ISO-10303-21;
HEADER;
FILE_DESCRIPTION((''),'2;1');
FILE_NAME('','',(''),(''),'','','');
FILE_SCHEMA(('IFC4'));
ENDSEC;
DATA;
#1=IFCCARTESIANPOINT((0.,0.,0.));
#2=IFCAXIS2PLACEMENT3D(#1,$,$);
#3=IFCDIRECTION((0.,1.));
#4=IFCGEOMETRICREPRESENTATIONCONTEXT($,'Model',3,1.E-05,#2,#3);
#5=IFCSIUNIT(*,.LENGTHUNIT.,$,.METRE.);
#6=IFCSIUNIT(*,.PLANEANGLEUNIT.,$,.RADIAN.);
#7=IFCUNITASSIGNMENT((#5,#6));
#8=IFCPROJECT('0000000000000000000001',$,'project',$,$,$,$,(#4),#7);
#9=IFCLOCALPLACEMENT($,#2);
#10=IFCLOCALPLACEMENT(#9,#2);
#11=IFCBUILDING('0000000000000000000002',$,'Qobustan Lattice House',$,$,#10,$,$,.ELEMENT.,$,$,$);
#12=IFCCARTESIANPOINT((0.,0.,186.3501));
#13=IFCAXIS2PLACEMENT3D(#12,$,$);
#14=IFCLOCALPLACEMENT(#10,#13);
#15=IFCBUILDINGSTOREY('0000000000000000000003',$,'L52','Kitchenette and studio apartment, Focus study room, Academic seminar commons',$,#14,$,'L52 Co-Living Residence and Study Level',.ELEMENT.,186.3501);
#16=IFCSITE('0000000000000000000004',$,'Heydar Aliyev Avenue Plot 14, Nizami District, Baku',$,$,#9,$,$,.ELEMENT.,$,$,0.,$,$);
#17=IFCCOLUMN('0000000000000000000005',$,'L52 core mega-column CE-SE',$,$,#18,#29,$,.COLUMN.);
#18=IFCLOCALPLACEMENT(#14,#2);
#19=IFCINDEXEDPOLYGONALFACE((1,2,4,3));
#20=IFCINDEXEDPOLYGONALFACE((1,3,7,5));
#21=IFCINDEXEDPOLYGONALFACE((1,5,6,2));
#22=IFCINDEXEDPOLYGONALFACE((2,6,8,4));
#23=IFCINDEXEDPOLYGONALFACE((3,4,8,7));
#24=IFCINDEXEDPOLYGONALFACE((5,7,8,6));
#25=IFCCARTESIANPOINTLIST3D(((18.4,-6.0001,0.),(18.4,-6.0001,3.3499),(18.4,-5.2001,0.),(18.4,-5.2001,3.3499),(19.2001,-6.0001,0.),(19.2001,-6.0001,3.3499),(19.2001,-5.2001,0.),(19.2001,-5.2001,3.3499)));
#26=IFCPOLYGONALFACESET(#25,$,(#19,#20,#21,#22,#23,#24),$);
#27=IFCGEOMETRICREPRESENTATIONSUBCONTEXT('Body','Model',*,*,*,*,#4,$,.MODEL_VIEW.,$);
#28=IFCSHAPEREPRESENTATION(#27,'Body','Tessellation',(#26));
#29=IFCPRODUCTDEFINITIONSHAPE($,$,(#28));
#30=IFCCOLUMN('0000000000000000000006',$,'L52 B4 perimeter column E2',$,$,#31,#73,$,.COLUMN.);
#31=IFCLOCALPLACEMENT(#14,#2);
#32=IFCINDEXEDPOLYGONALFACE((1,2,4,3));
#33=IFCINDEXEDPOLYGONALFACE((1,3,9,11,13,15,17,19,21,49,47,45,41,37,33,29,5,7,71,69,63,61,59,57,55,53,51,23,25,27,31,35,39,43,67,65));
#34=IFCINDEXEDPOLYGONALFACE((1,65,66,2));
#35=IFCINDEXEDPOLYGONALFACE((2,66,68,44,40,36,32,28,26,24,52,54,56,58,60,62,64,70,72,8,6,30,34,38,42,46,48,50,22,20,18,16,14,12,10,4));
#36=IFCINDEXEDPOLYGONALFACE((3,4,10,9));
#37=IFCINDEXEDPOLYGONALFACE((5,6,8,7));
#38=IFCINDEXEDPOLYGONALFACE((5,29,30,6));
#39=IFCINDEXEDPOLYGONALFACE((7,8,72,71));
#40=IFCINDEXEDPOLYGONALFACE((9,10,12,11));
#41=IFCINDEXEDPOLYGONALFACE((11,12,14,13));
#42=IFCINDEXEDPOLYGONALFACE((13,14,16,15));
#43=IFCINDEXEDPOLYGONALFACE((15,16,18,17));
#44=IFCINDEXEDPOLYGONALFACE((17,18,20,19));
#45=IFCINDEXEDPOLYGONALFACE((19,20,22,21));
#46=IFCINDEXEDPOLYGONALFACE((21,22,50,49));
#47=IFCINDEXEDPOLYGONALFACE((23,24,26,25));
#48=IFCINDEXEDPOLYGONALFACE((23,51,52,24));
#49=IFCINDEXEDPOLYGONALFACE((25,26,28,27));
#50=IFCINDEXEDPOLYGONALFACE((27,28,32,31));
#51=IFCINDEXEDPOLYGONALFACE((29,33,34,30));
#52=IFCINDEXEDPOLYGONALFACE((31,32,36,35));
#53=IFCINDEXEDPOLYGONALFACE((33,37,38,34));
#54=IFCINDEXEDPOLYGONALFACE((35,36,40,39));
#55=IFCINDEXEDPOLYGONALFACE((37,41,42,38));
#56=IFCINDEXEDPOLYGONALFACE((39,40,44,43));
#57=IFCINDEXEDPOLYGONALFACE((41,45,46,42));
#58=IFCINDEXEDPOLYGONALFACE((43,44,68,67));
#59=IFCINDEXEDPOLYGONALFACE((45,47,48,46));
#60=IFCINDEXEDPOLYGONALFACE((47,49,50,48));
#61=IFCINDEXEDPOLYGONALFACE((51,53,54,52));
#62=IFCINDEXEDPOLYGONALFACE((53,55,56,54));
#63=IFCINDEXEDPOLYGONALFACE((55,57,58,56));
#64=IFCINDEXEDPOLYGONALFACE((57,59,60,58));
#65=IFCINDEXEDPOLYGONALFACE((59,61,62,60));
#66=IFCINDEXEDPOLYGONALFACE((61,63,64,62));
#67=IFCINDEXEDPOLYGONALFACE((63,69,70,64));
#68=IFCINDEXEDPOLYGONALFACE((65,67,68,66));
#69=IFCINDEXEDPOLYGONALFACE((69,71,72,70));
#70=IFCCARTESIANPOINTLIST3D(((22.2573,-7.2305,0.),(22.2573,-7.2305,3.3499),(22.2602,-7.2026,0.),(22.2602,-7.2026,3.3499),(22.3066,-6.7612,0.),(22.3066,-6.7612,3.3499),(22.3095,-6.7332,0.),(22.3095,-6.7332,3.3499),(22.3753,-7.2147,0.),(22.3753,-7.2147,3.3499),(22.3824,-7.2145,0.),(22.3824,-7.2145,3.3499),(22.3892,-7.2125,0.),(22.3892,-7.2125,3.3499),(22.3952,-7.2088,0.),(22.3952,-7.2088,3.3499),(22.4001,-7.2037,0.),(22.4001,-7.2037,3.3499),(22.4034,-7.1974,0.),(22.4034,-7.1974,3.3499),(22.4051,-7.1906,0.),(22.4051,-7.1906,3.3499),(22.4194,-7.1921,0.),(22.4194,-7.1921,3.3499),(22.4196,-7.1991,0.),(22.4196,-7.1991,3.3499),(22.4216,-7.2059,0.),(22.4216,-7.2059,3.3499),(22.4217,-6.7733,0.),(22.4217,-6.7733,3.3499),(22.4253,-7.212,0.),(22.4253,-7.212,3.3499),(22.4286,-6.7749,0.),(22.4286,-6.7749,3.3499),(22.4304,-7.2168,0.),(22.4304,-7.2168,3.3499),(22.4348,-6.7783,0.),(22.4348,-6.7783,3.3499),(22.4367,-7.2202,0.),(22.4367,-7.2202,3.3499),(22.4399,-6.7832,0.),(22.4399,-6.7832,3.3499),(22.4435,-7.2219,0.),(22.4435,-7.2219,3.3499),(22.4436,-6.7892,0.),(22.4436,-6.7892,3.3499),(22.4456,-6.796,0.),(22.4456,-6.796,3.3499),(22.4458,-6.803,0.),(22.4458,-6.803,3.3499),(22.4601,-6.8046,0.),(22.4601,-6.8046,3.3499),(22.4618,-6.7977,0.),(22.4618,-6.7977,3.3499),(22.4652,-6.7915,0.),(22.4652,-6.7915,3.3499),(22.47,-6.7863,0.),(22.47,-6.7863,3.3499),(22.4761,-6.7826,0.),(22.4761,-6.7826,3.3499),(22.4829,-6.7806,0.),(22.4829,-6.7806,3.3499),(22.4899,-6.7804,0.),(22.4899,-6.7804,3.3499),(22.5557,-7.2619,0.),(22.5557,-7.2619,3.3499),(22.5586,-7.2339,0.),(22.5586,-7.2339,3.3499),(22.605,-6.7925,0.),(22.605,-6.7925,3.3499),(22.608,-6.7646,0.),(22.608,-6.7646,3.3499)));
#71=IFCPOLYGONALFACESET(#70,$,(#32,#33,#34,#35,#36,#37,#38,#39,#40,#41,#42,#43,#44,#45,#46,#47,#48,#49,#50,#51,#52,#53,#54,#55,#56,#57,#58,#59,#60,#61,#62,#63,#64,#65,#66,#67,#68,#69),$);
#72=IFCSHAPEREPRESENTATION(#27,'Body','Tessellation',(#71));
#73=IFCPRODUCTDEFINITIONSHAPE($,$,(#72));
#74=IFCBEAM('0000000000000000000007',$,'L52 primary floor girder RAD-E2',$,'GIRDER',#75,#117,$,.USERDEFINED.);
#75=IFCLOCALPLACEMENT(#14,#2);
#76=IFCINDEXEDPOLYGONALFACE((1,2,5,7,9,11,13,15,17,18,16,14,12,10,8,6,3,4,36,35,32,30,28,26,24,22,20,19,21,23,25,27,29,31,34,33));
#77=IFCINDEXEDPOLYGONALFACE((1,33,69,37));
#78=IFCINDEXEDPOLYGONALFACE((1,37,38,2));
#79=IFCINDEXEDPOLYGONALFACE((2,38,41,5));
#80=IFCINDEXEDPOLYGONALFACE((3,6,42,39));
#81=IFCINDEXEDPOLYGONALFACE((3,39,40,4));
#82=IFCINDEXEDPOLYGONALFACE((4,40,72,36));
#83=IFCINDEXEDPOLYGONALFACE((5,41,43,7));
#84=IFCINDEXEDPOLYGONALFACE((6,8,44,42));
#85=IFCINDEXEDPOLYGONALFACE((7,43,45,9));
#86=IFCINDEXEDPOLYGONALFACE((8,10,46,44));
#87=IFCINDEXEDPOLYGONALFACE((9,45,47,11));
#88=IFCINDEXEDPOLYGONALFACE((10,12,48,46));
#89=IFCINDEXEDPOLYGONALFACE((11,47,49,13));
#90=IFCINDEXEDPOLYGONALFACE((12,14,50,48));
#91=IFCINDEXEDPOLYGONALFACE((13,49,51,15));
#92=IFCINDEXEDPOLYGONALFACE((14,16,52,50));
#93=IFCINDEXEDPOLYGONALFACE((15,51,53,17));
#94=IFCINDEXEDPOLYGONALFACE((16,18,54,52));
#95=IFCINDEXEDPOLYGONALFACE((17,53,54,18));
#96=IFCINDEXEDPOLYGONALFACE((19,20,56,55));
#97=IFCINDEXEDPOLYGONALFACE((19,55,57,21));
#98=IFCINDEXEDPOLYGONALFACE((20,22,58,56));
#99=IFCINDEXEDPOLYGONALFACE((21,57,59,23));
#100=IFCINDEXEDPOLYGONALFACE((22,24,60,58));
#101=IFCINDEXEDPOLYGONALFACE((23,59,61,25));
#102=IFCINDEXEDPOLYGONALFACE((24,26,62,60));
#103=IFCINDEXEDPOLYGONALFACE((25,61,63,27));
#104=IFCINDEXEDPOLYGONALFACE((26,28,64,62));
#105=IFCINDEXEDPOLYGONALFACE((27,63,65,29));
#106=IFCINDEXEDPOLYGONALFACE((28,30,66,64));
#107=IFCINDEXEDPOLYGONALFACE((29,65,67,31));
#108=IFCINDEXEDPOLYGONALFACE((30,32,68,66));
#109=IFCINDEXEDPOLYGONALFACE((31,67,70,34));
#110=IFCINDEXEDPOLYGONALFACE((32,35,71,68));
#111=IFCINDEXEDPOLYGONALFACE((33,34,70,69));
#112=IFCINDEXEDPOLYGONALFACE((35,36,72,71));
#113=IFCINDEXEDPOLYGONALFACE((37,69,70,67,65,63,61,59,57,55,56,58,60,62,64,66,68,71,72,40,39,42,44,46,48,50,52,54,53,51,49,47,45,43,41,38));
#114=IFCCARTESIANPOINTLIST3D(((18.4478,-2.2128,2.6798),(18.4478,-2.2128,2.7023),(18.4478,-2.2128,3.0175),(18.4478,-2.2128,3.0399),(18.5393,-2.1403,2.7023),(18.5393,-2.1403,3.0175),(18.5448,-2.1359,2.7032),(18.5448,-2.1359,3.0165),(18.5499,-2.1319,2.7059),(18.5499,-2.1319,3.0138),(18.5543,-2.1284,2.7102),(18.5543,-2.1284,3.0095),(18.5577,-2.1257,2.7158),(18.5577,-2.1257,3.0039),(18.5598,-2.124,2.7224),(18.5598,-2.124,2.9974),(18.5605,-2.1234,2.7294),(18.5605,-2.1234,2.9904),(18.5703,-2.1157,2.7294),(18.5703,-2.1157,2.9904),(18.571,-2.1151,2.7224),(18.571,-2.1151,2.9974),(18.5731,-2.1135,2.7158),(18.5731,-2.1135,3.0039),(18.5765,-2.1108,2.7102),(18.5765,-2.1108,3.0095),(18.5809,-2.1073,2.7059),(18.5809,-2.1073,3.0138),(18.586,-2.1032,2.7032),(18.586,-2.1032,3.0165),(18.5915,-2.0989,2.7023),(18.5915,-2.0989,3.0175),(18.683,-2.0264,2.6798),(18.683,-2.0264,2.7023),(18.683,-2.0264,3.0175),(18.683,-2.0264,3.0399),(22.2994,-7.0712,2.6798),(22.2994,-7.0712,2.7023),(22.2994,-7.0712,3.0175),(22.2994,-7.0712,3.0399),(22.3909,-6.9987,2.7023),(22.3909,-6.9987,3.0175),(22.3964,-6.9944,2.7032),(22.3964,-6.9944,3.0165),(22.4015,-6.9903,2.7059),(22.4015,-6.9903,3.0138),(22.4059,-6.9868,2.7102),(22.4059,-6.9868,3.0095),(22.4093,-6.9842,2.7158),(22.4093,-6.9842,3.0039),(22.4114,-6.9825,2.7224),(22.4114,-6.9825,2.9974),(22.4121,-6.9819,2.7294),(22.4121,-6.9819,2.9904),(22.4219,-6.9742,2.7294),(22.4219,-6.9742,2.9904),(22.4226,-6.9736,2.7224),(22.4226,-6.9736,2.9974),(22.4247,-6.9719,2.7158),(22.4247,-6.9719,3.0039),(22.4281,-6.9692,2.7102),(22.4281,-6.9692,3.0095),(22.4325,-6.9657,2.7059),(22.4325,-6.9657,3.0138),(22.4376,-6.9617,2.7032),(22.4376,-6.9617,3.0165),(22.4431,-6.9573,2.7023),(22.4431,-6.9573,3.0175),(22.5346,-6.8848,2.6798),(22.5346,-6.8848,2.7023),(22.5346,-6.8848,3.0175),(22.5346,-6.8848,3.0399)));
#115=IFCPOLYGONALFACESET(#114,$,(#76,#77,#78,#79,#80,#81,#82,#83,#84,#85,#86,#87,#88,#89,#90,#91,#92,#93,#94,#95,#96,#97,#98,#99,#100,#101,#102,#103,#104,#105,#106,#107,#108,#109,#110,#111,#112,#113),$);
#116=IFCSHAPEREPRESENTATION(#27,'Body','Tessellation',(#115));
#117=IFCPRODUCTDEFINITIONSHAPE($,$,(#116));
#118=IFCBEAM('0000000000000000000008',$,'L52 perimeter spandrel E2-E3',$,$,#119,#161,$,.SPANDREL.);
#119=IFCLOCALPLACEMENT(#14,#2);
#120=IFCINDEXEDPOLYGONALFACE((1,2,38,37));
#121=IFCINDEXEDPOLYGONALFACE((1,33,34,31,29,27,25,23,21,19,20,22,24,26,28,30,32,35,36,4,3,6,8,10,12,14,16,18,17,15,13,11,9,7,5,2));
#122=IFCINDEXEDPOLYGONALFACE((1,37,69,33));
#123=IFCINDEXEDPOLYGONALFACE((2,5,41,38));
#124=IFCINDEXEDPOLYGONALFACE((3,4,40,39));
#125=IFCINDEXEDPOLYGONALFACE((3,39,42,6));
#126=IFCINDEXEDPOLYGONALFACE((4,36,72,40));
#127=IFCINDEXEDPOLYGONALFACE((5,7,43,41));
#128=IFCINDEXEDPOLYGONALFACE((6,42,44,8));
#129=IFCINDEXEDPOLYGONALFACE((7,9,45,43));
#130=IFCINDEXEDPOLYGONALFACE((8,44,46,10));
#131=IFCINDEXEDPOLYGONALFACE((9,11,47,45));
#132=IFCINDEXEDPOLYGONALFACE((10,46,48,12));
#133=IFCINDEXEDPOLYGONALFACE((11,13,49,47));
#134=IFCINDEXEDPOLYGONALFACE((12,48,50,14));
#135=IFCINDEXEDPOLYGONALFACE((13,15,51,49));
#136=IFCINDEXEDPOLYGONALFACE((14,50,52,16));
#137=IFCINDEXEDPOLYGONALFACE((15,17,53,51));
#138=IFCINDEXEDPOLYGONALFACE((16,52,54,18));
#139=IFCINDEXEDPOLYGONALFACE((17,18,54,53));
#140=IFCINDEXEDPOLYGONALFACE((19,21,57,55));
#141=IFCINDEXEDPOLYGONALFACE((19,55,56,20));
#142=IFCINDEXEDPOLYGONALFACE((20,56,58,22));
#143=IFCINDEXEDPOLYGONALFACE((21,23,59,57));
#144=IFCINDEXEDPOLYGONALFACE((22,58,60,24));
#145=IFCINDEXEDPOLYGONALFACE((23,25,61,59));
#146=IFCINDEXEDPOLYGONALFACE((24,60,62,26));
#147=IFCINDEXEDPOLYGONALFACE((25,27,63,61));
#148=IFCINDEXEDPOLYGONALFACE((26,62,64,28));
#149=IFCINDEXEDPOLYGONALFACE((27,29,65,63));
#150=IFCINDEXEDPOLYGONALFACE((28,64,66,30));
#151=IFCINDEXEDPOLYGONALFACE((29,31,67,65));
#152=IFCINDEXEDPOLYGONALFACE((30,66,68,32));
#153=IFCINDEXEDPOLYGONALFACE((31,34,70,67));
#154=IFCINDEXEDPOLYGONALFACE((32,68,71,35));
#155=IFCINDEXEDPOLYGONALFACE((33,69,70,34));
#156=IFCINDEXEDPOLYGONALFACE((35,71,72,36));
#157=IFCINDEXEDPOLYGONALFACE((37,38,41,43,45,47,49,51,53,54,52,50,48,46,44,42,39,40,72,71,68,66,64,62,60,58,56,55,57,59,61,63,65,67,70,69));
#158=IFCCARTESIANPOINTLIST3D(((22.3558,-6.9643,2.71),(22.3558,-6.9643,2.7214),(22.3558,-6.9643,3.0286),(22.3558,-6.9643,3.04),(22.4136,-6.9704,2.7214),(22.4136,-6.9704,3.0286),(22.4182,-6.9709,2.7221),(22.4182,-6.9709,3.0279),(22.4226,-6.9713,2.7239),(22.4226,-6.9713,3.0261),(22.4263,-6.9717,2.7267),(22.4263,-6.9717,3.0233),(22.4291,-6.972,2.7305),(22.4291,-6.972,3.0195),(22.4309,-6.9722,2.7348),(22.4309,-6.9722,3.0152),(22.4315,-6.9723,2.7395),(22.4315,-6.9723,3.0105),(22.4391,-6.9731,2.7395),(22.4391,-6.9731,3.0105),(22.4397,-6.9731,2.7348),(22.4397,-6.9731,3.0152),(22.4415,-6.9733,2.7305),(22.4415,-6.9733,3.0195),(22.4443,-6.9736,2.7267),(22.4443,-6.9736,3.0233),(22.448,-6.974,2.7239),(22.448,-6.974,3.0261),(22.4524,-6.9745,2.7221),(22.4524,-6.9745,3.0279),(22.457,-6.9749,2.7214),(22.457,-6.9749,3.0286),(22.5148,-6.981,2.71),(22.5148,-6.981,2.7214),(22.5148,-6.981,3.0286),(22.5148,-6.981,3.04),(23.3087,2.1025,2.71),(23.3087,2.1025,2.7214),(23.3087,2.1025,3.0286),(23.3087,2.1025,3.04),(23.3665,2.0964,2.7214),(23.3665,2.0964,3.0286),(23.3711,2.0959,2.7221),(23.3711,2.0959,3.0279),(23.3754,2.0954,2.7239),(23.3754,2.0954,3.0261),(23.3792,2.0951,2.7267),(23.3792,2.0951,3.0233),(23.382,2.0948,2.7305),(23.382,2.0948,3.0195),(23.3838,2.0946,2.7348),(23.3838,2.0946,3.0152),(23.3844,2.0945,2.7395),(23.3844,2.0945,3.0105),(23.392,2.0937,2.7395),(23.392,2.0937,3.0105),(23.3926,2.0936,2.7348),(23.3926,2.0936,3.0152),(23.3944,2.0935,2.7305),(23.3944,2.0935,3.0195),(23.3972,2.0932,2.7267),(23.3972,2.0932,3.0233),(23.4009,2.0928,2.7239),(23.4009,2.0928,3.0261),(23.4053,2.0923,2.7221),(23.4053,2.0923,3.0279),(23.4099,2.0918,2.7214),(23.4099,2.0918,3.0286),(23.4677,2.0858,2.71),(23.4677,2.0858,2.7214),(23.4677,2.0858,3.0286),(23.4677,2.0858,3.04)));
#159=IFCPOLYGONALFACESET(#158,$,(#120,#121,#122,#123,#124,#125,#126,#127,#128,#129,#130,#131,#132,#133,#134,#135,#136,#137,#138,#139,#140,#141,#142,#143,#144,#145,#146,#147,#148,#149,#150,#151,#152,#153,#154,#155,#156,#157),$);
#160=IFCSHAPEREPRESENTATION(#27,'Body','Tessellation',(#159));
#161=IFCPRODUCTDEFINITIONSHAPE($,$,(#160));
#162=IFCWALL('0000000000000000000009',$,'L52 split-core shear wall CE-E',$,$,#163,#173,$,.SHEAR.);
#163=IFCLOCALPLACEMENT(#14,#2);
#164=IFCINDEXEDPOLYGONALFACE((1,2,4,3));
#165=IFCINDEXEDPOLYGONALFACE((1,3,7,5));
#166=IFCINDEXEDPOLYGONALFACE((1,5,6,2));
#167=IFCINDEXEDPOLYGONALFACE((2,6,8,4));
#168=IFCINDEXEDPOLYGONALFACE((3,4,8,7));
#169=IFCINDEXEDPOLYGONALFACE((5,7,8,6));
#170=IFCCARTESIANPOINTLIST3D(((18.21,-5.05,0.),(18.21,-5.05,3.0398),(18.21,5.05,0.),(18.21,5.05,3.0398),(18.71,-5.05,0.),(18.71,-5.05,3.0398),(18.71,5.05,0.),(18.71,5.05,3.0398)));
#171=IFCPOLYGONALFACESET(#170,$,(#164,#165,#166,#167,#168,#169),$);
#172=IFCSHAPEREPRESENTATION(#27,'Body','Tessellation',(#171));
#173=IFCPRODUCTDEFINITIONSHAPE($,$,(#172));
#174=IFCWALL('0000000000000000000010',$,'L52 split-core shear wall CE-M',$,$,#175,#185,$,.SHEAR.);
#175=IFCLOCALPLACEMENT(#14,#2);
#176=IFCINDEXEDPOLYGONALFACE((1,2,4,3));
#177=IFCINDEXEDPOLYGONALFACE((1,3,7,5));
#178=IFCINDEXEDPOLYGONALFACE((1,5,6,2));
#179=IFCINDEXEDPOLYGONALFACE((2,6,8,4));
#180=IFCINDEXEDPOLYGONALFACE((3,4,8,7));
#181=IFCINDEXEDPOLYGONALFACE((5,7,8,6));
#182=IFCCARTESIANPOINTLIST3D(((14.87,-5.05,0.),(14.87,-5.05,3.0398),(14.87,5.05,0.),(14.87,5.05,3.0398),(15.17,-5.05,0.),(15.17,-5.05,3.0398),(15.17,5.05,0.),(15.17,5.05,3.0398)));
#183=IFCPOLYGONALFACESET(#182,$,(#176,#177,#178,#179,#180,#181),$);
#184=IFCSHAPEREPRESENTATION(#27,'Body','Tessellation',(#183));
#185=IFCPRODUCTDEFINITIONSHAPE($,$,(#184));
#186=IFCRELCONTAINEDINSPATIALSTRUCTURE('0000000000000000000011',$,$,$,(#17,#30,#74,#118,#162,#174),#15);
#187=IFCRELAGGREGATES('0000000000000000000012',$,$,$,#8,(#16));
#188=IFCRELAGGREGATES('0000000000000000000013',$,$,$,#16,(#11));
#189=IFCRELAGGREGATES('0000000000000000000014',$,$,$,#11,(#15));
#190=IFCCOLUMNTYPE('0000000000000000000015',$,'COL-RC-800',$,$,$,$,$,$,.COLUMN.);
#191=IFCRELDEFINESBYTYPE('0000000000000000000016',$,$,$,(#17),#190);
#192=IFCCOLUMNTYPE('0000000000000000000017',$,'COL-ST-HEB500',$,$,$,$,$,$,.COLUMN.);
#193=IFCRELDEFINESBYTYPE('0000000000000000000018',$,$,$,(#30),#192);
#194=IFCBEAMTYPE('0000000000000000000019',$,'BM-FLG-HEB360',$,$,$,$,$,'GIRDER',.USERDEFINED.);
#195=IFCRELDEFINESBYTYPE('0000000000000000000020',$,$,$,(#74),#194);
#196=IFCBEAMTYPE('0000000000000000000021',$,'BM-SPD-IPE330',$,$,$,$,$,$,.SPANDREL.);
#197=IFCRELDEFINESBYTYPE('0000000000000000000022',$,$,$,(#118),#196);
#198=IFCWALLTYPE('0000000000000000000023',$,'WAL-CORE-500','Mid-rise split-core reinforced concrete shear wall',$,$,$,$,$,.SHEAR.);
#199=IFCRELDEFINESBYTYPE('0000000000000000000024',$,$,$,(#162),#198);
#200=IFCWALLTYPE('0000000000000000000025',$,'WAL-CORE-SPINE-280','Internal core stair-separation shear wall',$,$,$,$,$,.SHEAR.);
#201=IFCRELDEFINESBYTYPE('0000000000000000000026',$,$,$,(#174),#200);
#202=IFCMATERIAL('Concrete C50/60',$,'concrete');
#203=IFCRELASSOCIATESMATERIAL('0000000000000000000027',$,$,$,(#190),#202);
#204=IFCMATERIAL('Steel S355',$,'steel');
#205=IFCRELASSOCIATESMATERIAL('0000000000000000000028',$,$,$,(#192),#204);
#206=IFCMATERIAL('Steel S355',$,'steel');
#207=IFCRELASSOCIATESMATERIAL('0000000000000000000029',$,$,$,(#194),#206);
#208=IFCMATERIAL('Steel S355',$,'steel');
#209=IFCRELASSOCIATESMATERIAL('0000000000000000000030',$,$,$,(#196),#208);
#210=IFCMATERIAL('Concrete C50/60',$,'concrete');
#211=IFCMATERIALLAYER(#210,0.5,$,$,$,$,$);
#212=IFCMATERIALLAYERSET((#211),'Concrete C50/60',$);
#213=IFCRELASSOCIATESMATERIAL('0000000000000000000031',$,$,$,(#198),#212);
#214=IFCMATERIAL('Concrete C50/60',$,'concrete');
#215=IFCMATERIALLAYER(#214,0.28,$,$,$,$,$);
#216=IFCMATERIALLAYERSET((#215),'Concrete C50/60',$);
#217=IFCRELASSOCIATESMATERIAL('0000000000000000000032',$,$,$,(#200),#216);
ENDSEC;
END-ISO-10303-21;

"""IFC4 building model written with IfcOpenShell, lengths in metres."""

from ifc_helpers import new_model, si_unit, direction, frame, frame_2d, origin, origin_2d, place, context, subcontext, project, spatial, rectangle, i_section, extrude, material, layer, layer_set, material_profile, profile_set, type_object, element, save


model = new_model("IFC4")

# Units and contexts
model_context = context("Model", 3, precision=1e-05, world=origin(), true_north=direction((0.0, 1.0)))
body_context = subcontext(model_context, "Body", "Model", "MODEL_VIEW")
ifc_project = project(units=[si_unit("LENGTHUNIT", "METRE"), si_unit("PLANEANGLEUNIT", "RADIAN")], contexts=[model_context])

# Site, building, storey
site_placement = place(None, origin())
site = spatial("IfcSite", under=ifc_project, at=site_placement, Name="Heydar Aliyev Avenue Plot 14, Nizami District, Baku", CompositionType="ELEMENT", RefElevation=0.0)
building_placement = place(site_placement, origin())
building = spatial("IfcBuilding", under=site, at=building_placement, Name="Qobustan Lattice House", CompositionType="ELEMENT")
storey_placement = place(building_placement, frame((0.0, 0.0, 186.3501)))
storey = spatial("IfcBuildingStorey", under=building, at=storey_placement, Name="L52", Description="Kitchenette and studio apartment, Focus study room, Academic seminar commons", LongName="L52 Co-Living Residence and Study Level", CompositionType="ELEMENT", Elevation=186.3501)

# Columns
ifc_material_1 = material(Name="Concrete C50/60", Category="concrete")
ifc_material_profile_1 = material_profile(ifc_material_1, rectangle(XDim=0.8, YDim=0.8, at=origin_2d()), Name="RC800x800")
ifc_profile_set_1 = profile_set([ifc_material_profile_1], Name="Concrete C50/60")
column_type_1 = type_object("IfcColumnType", Name="COL-RC-800", PredefinedType="COLUMN", material=ifc_profile_set_1)
column_1_placement = place(storey_placement, frame((18.8, -5.6001, 0.0), z_axis=(0.0, 0.0, 1.0), x_axis=(1.0, 0.0, 0.0)))
element("IfcColumn", 1, at=column_1_placement, inside=storey, type_object=column_type_1, Name="L52 core mega-column CE-SE", PredefinedType="COLUMN", context=body_context, shape_type="SweptSolid", body=[
    extrude(rectangle(XDim=0.8, YDim=0.8, at=origin_2d()), origin(), (0.0, 0.0, 1.0), 3.3499),
])
ifc_material_2 = material(Name="Steel S355", Category="steel")
ifc_material_profile_2 = material_profile(ifc_material_2, i_section(OverallWidth=0.3, OverallDepth=0.5, WebThickness=0.0144, FlangeThickness=0.0281, FilletRadius=0.0271, at=origin_2d()), Name="HEB500")
ifc_profile_set_2 = profile_set([ifc_material_profile_2], Name="Steel S355")
column_type_2 = type_object("IfcColumnType", Name="COL-ST-HEB500", PredefinedType="COLUMN", material=ifc_profile_set_2)
column_2_placement = place(storey_placement, frame((22.4326, -6.9976, 0.0), z_axis=(0.0, 0.0, 1.0), x_axis=(0.994522, -0.104528, 0.0)))
element("IfcColumn", 2, at=column_2_placement, inside=storey, type_object=column_type_2, Name="L52 B4 perimeter column E2", PredefinedType="COLUMN", context=body_context, shape_type="SweptSolid", body=[
    extrude(i_section(OverallWidth=0.3, OverallDepth=0.5, WebThickness=0.0144, FlangeThickness=0.0281, FilletRadius=0.0271, at=origin_2d()), origin(), (0.0, 0.0, 1.0), 3.3499),
])

# Beams
ifc_material_3 = material(Name="Steel S355", Category="steel")
ifc_material_profile_3 = material_profile(ifc_material_3, i_section(OverallWidth=0.3, OverallDepth=0.3601, WebThickness=0.0125, FlangeThickness=0.0225, FilletRadius=0.0271, at=origin_2d()), Name="HEB360")
ifc_profile_set_3 = profile_set([ifc_material_profile_3], Name="Steel S355")
beam_type_1 = type_object("IfcBeamType", Name="BM-FLG-HEB360", ElementType="GIRDER", PredefinedType="USERDEFINED", material=ifc_profile_set_3)
beam_1_placement = place(storey_placement, frame((22.417, -6.978, 2.8599), z_axis=(-0.621231, 0.783627, 0.0), x_axis=(-0.783627, -0.621231, 0.0)))
element("IfcBeam", 3, at=beam_1_placement, inside=storey, type_object=beam_type_1, Name="L52 primary floor girder RAD-E2", ObjectType="GIRDER", PredefinedType="USERDEFINED", context=body_context, shape_type="SweptSolid", body=[
    extrude(i_section(OverallWidth=0.3, OverallDepth=0.3601, WebThickness=0.0125, FlangeThickness=0.0225, FilletRadius=0.0271, at=origin_2d()), origin(), (0.0, 0.0, 1.0), 6.2),
])
ifc_material_4 = material(Name="Steel S355", Category="steel")
ifc_material_profile_4 = material_profile(ifc_material_4, i_section(OverallWidth=0.1599, OverallDepth=0.3301, WebThickness=0.0076, FlangeThickness=0.0115, FilletRadius=0.0181, at=origin_2d()), Name="IPE330")
ifc_profile_set_4 = profile_set([ifc_material_profile_4], Name="Steel S355")
beam_type_2 = type_object("IfcBeamType", Name="BM-SPD-IPE330", PredefinedType="SPANDREL", material=ifc_profile_set_4)
beam_2_placement = place(storey_placement, frame((22.4353, -6.9727, 2.875), z_axis=(0.104522, 0.994523, 0.0), x_axis=(-0.994523, 0.104522, 0.0)))
element("IfcBeam", 4, at=beam_2_placement, inside=storey, type_object=beam_type_2, Name="L52 perimeter spandrel E2-E3", PredefinedType="SPANDREL", context=body_context, shape_type="SweptSolid", body=[
    extrude(i_section(OverallWidth=0.1599, OverallDepth=0.3301, WebThickness=0.0076, FlangeThickness=0.0115, FilletRadius=0.0181, at=origin_2d()), origin(), (0.0, 0.0, 1.0), 9.1167),
])

# Walls
ifc_material_5 = material(Name="Concrete C50/60", Category="concrete")
ifc_layer_1 = layer(ifc_material_5, 0.5)
ifc_layer_set_1 = layer_set([ifc_layer_1], Name="Concrete C50/60")
wall_type_1 = type_object("IfcWallType", Name="WAL-CORE-500", Description="Mid-rise split-core reinforced concrete shear wall", PredefinedType="SHEAR", material=ifc_layer_set_1)
wall_1_placement = place(storey_placement, frame((18.46, -5.05, 0.0), z_axis=(0.0, 0.0, 1.0), x_axis=(0.0, 1.0, 0.0)))
element("IfcWall", 5, at=wall_1_placement, inside=storey, type_object=wall_type_1, Name="L52 split-core shear wall CE-E", PredefinedType="SHEAR", context=body_context, shape_type="SweptSolid", body=[
    extrude(rectangle(XDim=10.1001, YDim=0.5, at=frame_2d((5.05, 0.0))), origin(), (0.0, 0.0, 1.0), 3.0398),
])
ifc_material_6 = material(Name="Concrete C50/60", Category="concrete")
ifc_layer_2 = layer(ifc_material_6, 0.28)
ifc_layer_set_2 = layer_set([ifc_layer_2], Name="Concrete C50/60")
wall_type_2 = type_object("IfcWallType", Name="WAL-CORE-SPINE-280", Description="Internal core stair-separation shear wall", PredefinedType="SHEAR", material=ifc_layer_set_2)
wall_2_placement = place(storey_placement, frame((15.02, -5.05, 0.0), z_axis=(0.0, 0.0, 1.0), x_axis=(0.0, 1.0, 0.0)))
element("IfcWall", 6, at=wall_2_placement, inside=storey, type_object=wall_type_2, Name="L52 split-core shear wall CE-M", PredefinedType="SHEAR", context=body_context, shape_type="SweptSolid", body=[
    extrude(rectangle(XDim=10.1001, YDim=0.3, at=frame_2d((5.05, 0.0))), origin(), (0.0, 0.0, 1.0), 3.0398),
])

save(model, "model.ifc")
